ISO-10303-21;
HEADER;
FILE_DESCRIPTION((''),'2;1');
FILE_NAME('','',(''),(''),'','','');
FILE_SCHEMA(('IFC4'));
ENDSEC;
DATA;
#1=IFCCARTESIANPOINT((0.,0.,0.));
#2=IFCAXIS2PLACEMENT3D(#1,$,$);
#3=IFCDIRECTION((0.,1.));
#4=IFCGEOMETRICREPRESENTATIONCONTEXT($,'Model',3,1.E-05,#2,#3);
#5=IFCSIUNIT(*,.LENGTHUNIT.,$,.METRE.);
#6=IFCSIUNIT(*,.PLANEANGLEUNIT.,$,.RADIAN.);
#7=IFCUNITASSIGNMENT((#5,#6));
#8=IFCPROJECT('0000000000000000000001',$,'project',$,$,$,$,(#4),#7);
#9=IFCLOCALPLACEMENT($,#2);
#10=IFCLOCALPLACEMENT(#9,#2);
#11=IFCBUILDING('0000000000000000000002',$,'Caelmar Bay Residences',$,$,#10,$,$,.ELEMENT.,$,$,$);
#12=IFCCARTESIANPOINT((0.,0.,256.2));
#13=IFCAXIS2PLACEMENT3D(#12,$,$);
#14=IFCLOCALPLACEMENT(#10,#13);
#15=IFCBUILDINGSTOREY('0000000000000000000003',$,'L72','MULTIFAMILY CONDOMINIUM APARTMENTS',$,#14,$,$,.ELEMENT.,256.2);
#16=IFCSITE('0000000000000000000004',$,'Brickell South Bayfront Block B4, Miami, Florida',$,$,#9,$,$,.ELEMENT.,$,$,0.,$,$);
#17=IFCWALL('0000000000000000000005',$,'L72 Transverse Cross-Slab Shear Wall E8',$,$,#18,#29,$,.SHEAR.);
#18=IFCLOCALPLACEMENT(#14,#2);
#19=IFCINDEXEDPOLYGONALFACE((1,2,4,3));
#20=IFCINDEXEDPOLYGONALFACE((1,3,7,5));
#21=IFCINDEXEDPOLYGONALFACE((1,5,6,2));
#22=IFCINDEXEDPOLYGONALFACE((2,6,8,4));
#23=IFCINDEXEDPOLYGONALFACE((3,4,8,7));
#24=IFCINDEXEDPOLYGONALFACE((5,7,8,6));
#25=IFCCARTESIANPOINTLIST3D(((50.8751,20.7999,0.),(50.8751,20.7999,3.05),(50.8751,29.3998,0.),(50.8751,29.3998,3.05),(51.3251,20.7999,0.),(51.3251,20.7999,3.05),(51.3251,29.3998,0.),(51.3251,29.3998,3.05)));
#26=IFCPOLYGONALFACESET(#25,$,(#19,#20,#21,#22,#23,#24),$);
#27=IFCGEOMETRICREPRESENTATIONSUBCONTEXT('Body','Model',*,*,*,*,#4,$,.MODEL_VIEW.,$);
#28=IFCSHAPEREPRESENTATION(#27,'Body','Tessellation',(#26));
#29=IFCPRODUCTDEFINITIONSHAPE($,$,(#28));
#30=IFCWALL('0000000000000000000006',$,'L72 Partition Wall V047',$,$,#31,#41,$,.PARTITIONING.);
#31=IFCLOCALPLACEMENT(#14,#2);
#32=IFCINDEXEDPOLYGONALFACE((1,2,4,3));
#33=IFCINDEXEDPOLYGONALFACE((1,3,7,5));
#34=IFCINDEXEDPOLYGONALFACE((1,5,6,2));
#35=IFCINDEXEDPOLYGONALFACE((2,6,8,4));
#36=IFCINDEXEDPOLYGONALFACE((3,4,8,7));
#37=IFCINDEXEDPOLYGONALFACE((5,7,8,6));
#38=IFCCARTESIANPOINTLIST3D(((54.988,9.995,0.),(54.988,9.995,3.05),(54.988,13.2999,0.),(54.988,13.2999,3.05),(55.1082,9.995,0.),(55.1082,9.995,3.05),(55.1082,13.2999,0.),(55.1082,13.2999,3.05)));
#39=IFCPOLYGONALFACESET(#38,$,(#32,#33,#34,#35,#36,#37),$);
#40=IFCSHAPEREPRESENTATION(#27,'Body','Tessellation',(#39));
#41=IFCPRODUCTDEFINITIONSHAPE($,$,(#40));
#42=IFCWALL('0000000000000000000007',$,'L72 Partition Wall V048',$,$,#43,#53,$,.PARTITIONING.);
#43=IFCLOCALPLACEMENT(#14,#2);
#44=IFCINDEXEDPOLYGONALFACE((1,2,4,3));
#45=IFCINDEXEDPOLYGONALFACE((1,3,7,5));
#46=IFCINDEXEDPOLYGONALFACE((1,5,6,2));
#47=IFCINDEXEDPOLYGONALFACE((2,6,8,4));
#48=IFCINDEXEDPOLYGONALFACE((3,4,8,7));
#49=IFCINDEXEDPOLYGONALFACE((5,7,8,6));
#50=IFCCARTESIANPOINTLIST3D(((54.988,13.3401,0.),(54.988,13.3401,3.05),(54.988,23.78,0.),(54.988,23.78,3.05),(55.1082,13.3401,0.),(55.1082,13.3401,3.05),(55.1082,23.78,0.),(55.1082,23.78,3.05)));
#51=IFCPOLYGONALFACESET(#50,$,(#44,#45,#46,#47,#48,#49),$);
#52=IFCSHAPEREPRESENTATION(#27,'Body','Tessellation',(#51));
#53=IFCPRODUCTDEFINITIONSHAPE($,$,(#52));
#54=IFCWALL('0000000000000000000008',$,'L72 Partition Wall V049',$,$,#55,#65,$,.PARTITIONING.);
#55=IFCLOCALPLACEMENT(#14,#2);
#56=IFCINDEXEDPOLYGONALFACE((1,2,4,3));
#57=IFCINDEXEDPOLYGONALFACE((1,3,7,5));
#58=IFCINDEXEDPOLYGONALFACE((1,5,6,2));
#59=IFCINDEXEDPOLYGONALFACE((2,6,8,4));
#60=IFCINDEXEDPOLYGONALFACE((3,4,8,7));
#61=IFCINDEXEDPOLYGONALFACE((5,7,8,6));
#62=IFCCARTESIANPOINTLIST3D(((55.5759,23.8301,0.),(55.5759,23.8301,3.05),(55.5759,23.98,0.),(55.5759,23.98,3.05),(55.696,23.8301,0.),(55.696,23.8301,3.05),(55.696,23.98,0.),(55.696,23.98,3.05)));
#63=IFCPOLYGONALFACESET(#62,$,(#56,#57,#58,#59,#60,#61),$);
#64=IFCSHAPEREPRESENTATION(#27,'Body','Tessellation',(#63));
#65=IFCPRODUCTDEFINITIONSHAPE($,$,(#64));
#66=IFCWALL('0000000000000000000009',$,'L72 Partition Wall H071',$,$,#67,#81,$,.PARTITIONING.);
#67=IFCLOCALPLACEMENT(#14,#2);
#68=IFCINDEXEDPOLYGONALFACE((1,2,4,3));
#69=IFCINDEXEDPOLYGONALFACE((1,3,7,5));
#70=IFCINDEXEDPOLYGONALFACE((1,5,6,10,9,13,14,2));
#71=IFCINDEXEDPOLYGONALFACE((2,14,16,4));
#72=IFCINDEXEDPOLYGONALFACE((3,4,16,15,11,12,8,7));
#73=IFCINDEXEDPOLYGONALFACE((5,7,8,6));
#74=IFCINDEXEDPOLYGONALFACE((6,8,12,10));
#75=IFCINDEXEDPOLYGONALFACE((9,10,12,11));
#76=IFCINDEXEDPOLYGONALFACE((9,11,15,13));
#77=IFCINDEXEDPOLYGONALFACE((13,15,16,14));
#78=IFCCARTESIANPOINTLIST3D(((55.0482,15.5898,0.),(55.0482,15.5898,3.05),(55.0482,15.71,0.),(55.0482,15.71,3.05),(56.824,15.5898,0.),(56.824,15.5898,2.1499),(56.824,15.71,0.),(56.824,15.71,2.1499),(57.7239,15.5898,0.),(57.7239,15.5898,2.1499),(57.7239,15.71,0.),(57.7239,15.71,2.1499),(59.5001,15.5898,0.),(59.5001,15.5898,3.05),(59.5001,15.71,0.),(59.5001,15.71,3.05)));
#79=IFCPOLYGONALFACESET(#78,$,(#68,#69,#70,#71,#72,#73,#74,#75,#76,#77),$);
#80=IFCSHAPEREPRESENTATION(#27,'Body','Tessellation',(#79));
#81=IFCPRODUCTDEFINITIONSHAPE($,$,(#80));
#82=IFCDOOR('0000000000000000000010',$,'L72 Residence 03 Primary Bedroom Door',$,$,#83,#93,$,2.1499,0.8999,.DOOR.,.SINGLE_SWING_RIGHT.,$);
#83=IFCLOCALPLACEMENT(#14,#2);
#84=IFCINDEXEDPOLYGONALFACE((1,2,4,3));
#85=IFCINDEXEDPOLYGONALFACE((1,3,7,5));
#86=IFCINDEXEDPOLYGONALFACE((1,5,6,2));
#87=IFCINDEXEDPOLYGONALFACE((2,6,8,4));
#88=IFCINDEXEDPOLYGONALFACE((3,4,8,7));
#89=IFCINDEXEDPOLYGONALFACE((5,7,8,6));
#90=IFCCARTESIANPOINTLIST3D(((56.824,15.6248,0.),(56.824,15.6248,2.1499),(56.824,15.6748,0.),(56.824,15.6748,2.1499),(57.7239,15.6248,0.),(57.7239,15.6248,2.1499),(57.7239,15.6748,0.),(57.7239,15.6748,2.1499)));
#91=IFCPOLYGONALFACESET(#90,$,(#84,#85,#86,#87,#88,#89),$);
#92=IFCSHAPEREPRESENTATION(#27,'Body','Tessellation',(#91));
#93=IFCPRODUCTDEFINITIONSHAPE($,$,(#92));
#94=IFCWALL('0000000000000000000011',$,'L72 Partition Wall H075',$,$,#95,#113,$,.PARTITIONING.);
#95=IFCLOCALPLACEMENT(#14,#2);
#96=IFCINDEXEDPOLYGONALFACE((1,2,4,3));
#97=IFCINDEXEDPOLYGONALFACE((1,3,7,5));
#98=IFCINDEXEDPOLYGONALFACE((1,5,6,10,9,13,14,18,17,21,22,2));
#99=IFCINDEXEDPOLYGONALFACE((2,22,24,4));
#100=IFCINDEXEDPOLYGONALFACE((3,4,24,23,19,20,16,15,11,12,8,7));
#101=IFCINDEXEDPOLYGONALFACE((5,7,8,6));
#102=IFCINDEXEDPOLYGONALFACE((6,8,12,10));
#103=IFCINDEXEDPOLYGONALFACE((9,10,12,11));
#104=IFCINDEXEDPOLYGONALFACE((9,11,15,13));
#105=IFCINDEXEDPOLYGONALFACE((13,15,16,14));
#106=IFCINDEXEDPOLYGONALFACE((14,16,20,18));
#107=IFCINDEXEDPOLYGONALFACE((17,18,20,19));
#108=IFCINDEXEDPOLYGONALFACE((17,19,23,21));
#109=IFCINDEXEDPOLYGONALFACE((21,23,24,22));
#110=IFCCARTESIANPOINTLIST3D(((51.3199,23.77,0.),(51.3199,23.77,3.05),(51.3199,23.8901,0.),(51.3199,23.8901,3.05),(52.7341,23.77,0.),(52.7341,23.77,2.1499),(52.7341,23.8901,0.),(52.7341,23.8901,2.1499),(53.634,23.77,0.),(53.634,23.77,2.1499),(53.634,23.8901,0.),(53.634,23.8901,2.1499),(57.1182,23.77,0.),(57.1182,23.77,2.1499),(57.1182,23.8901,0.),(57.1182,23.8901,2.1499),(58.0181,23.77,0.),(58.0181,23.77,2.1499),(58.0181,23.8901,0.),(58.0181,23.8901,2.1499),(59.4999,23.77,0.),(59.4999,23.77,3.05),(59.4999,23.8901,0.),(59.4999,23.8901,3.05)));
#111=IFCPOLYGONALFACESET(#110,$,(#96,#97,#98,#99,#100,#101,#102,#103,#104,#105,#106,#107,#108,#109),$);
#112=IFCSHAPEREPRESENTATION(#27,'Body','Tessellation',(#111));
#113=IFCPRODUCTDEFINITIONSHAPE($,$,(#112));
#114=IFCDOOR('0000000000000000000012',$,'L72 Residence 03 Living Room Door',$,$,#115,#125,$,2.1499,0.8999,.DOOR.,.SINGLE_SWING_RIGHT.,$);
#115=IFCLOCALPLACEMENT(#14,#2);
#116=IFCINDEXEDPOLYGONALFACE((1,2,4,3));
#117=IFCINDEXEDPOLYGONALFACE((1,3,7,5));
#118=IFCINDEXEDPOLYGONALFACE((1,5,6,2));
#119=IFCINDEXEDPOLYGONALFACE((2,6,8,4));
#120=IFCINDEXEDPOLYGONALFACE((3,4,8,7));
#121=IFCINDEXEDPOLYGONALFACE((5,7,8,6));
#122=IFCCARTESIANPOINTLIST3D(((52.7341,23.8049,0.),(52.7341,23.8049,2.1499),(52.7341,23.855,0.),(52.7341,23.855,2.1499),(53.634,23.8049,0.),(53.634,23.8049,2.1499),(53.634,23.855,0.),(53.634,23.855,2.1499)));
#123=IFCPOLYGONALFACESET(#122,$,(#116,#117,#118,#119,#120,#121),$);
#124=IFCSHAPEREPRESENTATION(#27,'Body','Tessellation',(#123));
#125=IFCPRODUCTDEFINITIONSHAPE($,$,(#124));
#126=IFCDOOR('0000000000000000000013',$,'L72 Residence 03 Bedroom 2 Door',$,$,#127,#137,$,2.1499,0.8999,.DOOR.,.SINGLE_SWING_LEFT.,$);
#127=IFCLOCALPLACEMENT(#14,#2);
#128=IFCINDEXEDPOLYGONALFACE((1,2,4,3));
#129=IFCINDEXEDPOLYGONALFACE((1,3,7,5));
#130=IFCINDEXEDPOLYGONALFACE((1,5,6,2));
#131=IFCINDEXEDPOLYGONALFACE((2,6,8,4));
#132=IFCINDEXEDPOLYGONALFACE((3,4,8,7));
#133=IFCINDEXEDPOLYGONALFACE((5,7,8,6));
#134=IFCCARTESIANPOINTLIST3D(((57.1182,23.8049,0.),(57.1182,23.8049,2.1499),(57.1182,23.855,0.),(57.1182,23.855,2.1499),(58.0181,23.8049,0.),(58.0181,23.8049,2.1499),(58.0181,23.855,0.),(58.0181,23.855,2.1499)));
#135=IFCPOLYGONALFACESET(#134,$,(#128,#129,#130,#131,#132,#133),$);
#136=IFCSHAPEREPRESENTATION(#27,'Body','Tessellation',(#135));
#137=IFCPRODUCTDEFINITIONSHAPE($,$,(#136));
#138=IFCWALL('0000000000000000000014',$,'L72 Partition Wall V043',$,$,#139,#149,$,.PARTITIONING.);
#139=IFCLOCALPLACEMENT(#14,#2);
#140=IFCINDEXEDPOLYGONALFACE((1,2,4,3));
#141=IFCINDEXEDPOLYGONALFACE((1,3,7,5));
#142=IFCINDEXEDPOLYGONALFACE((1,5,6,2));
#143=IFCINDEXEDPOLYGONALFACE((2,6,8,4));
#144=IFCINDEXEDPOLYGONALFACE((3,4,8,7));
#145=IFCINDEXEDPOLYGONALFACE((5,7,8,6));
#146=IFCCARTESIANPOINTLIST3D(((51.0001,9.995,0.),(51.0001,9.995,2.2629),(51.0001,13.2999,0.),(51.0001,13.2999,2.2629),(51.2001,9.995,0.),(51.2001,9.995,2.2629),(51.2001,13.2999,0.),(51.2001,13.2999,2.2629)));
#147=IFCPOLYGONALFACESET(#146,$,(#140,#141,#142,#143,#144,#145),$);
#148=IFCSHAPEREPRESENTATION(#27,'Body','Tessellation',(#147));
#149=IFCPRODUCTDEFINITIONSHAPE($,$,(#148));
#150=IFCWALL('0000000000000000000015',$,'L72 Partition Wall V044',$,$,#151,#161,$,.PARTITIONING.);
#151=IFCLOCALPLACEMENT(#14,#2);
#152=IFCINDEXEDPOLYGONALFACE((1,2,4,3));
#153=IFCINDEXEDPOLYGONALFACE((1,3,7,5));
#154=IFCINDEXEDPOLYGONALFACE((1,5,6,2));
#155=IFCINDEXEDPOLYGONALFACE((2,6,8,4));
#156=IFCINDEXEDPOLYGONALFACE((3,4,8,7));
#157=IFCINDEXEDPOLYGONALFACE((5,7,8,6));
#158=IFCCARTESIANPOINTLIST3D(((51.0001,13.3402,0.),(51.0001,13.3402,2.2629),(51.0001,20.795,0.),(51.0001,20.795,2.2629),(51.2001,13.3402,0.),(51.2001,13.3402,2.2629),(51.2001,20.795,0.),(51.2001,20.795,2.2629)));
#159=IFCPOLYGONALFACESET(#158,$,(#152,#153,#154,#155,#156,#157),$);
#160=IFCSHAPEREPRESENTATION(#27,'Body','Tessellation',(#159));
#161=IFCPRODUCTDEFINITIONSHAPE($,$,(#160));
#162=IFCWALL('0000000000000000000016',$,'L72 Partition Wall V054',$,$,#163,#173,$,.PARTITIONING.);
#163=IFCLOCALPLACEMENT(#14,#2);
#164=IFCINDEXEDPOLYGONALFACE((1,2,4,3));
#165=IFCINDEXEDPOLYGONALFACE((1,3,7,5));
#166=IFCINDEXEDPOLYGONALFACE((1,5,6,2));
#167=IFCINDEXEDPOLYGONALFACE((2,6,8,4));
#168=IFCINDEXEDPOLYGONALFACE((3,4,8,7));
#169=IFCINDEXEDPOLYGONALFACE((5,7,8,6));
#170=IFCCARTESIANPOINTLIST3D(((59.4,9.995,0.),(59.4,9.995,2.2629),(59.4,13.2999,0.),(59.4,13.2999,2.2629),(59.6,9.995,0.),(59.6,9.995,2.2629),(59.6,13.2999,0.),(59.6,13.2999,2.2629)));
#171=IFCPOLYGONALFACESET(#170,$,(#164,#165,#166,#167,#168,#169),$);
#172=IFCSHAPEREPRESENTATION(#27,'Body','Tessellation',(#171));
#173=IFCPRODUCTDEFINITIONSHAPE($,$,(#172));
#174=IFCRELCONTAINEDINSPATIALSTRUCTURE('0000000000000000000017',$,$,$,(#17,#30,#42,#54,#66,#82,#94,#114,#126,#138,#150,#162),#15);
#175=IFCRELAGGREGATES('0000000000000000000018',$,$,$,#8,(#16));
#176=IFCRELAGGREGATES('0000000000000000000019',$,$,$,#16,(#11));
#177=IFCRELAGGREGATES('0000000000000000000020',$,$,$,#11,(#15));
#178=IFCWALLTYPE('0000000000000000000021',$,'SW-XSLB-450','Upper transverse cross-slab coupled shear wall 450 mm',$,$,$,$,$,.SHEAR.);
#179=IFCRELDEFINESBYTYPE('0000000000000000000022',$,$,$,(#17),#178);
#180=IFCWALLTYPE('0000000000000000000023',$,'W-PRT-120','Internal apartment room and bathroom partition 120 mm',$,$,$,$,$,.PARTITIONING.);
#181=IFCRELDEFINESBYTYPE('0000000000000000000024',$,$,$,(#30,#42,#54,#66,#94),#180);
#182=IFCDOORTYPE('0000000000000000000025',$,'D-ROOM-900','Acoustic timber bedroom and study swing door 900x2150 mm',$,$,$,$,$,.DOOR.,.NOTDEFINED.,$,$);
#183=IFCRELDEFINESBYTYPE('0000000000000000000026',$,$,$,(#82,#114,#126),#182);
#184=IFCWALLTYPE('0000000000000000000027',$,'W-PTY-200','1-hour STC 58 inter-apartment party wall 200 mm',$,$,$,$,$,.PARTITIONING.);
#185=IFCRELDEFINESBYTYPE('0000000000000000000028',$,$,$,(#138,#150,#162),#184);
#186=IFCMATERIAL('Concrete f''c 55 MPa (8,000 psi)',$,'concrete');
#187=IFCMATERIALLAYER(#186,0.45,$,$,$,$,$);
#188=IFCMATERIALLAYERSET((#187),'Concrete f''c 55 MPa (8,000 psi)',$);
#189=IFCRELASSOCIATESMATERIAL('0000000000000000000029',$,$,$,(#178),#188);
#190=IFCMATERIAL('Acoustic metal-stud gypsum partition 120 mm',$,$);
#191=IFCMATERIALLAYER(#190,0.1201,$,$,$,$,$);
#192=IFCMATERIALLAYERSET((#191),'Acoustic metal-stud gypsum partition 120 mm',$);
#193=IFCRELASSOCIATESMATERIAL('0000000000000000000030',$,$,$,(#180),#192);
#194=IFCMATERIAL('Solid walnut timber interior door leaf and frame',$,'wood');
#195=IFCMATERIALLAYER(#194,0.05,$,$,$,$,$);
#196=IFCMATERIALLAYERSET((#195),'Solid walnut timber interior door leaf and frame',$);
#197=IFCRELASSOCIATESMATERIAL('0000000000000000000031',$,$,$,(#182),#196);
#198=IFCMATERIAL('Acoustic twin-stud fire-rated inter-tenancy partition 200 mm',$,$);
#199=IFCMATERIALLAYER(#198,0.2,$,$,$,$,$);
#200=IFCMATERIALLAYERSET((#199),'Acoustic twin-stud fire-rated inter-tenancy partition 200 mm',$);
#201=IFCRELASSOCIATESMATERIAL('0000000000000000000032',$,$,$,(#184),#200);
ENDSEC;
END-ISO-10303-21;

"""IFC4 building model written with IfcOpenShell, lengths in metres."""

from ifc_helpers import new_model, si_unit, direction, frame, frame_2d, origin, place, context, subcontext, project, spatial, rectangle, extrude, material, layer, layer_set, type_object, element, fill, save


model = new_model("IFC4")

# Units and contexts
model_context = context("Model", 3, precision=1e-05, world=origin(), true_north=direction((0.0, 1.0)))
body_context = subcontext(model_context, "Body", "Model", "MODEL_VIEW")
ifc_project = project(units=[si_unit("LENGTHUNIT", "METRE"), si_unit("PLANEANGLEUNIT", "RADIAN")], contexts=[model_context])

# Site, building, storey
site_placement = place(None, origin())
site = spatial("IfcSite", under=ifc_project, at=site_placement, Name="Brickell South Bayfront Block B4, Miami, Florida", CompositionType="ELEMENT", RefElevation=0.0)
building_placement = place(site_placement, origin())
building = spatial("IfcBuilding", under=site, at=building_placement, Name="Caelmar Bay Residences", CompositionType="ELEMENT")
storey_placement = place(building_placement, frame((0.0, 0.0, 256.2)))
storey = spatial("IfcBuildingStorey", under=building, at=storey_placement, Name="L72", Description="MULTIFAMILY CONDOMINIUM APARTMENTS", CompositionType="ELEMENT", Elevation=256.2)

# Shared definitions
ifc_material_1 = material(Name="Concrete f'c 55 MPa (8,000 psi)", Category="concrete")

# Walls
ifc_layer_1 = layer(ifc_material_1, 0.45)
ifc_layer_set_1 = layer_set([ifc_layer_1], Name="Concrete f'c 55 MPa (8,000 psi)")
wall_type_1 = type_object("IfcWallType", Name="SW-XSLB-450", Description="Upper transverse cross-slab coupled shear wall 450 mm", PredefinedType="SHEAR", material=ifc_layer_set_1)
wall_1_placement = place(storey_placement, frame((51.1001, 20.8, 0.0), z_axis=(0.0, 0.0, 1.0), x_axis=(0.0, 1.0, 0.0)))
element("IfcWall", 1, at=wall_1_placement, inside=storey, type_object=wall_type_1, Name="L72 Transverse Cross-Slab Shear Wall E8", PredefinedType="SHEAR", context=body_context, shape_type="SweptSolid", body=[
    extrude(rectangle(XDim=8.5999, YDim=0.45, at=frame_2d((4.2998, 0.0))), origin(), (0.0, 0.0, 1.0), 3.05),
])
ifc_material_2 = material(Name="Acoustic metal-stud gypsum partition 120 mm")
ifc_layer_2 = layer(ifc_material_2, 0.1201)
ifc_layer_set_2 = layer_set([ifc_layer_2], Name="Acoustic metal-stud gypsum partition 120 mm")
wall_type_2 = type_object("IfcWallType", Name="W-PRT-120", Description="Internal apartment room and bathroom partition 120 mm", PredefinedType="PARTITIONING", material=ifc_layer_set_2)
wall_2_placement = place(storey_placement, frame((55.0481, 9.9951, 0.0), z_axis=(0.0, 0.0, 1.0), x_axis=(0.0, 1.0, 0.0)))
element("IfcWall", 2, at=wall_2_placement, inside=storey, type_object=wall_type_2, Name="L72 Partition Wall V047", PredefinedType="PARTITIONING", context=body_context, shape_type="SweptSolid", body=[
    extrude(rectangle(XDim=3.3049, YDim=0.1201, at=frame_2d((1.6523, 0.0))), origin(), (0.0, 0.0, 1.0), 3.05),
])
wall_3_placement = place(storey_placement, frame((55.0481, 13.3401, 0.0), z_axis=(0.0, 0.0, 1.0), x_axis=(0.0, 1.0, 0.0)))
element("IfcWall", 3, at=wall_3_placement, inside=storey, type_object=wall_type_2, Name="L72 Partition Wall V048", PredefinedType="PARTITIONING", context=body_context, shape_type="SweptSolid", body=[
    extrude(rectangle(XDim=10.4399, YDim=0.1201, at=frame_2d((5.22, 0.0))), origin(), (0.0, 0.0, 1.0), 3.05),
])
wall_4_placement = place(storey_placement, frame((55.636, 23.8301, 0.0), z_axis=(0.0, 0.0, 1.0), x_axis=(0.0, 1.0, 0.0)))
element("IfcWall", 4, at=wall_4_placement, inside=storey, type_object=wall_type_2, Name="L72 Partition Wall V049", PredefinedType="PARTITIONING", context=body_context, shape_type="SweptSolid", body=[
    extrude(rectangle(XDim=0.1499, YDim=0.1201, at=frame_2d((0.075, 0.0))), origin(), (0.0, 0.0, 1.0), 3.05),
])

# Wall, opening, door
wall_5_placement = place(storey_placement, frame((55.0481, 15.6499, 0.0), z_axis=(0.0, 0.0, 1.0), x_axis=(1.0, 0.0, 0.0)))
wall_5 = element("IfcWall", 5, at=wall_5_placement, inside=storey, type_object=wall_type_2, Name="L72 Partition Wall H071", PredefinedType="PARTITIONING", context=body_context, shape_type="SweptSolid", body=[
    extrude(rectangle(XDim=4.4519, YDim=0.1201, at=frame_2d((2.2261, 0.0))), origin(), (0.0, 0.0, 1.0), 3.05),
])
opening_1_placement = place(wall_5_placement, frame((1.7759, 0.0, 0.0)))
opening_1 = element("IfcOpeningElement", 6, at=opening_1_placement, cuts=wall_5, PredefinedType="OPENING", context=body_context, shape_type="SweptSolid", body=[
    extrude(rectangle(XDim=0.8999, YDim=2.1499, at=frame_2d((0.45, 1.075))), frame((0.0, 0.0701, 0.0), z_axis=(0.0, -1.0, 0.0), x_axis=(1.0, 0.0, 0.0)), (0.0, 0.0, 1.0), 0.1401),
])
ifc_material_3 = material(Name="Solid walnut timber interior door leaf and frame", Category="wood")
ifc_layer_3 = layer(ifc_material_3, 0.05)
ifc_layer_set_3 = layer_set([ifc_layer_3], Name="Solid walnut timber interior door leaf and frame")
door_type = type_object("IfcDoorType", Name="D-ROOM-900", Description="Acoustic timber bedroom and study swing door 900x2150 mm", OperationType="NOTDEFINED", PredefinedType="DOOR", material=ifc_layer_set_3)
door_1_placement = place(opening_1_placement, origin())
door_1 = element("IfcDoor", 7, at=door_1_placement, inside=storey, type_object=door_type, Name="L72 Residence 03 Primary Bedroom Door", OperationType="SINGLE_SWING_RIGHT", OverallHeight=2.1499, OverallWidth=0.8999, PredefinedType="DOOR", context=body_context, shape_type="SweptSolid", body=[
    extrude(rectangle(XDim=0.8999, YDim=2.1499, at=frame_2d((0.45, 1.075))), frame((0.0, 0.0249, 0.0), z_axis=(0.0, -1.0, 0.0), x_axis=(1.0, 0.0, 0.0)), (0.0, 0.0, 1.0), 0.05),
])
fill(opening_1, door_1)

# Wall, openings, doors
wall_6_placement = place(storey_placement, frame((51.3201, 23.8301, 0.0), z_axis=(0.0, 0.0, 1.0), x_axis=(1.0, 0.0, 0.0)))
wall_6 = element("IfcWall", 8, at=wall_6_placement, inside=storey, type_object=wall_type_2, Name="L72 Partition Wall H075", PredefinedType="PARTITIONING", context=body_context, shape_type="SweptSolid", body=[
    extrude(rectangle(XDim=8.1799, YDim=0.1201, at=frame_2d((4.0898, 0.0))), origin(), (0.0, 0.0, 1.0), 3.05),
])
opening_2_placement = place(wall_6_placement, frame((1.4141, 0.0, 0.0)))
opening_2 = element("IfcOpeningElement", 9, at=opening_2_placement, cuts=wall_6, PredefinedType="OPENING", context=body_context, shape_type="SweptSolid", body=[
    extrude(rectangle(XDim=0.8999, YDim=2.1499, at=frame_2d((0.45, 1.075))), frame((0.0, 0.0701, 0.0), z_axis=(0.0, -1.0, 0.0), x_axis=(1.0, 0.0, 0.0)), (0.0, 0.0, 1.0), 0.1401),
])
opening_3_placement = place(wall_6_placement, frame((5.7981, 0.0, 0.0)))
opening_3 = element("IfcOpeningElement", 10, at=opening_3_placement, cuts=wall_6, PredefinedType="OPENING", context=body_context, shape_type="SweptSolid", body=[
    extrude(rectangle(XDim=0.8999, YDim=2.1499, at=frame_2d((0.45, 1.075))), frame((0.0, 0.0701, 0.0), z_axis=(0.0, -1.0, 0.0), x_axis=(1.0, 0.0, 0.0)), (0.0, 0.0, 1.0), 0.1401),
])
door_2_placement = place(opening_2_placement, origin())
door_2 = element("IfcDoor", 11, at=door_2_placement, inside=storey, type_object=door_type, Name="L72 Residence 03 Living Room Door", OperationType="SINGLE_SWING_RIGHT", OverallHeight=2.1499, OverallWidth=0.8999, PredefinedType="DOOR", context=body_context, shape_type="SweptSolid", body=[
    extrude(rectangle(XDim=0.8999, YDim=2.1499, at=frame_2d((0.45, 1.075))), frame((0.0, 0.0249, 0.0), z_axis=(0.0, -1.0, 0.0), x_axis=(1.0, 0.0, 0.0)), (0.0, 0.0, 1.0), 0.05),
])
fill(opening_2, door_2)
door_3_placement = place(opening_3_placement, origin())
door_3 = element("IfcDoor", 12, at=door_3_placement, inside=storey, type_object=door_type, Name="L72 Residence 03 Bedroom 2 Door", OperationType="SINGLE_SWING_LEFT", OverallHeight=2.1499, OverallWidth=0.8999, PredefinedType="DOOR", context=body_context, shape_type="SweptSolid", body=[
    extrude(rectangle(XDim=0.8999, YDim=2.1499, at=frame_2d((0.45, 1.075))), frame((0.0, 0.0249, 0.0), z_axis=(0.0, -1.0, 0.0), x_axis=(1.0, 0.0, 0.0)), (0.0, 0.0, 1.0), 0.05),
])
fill(opening_3, door_3)

# Walls
ifc_material_4 = material(Name="Acoustic twin-stud fire-rated inter-tenancy partition 200 mm")
ifc_layer_4 = layer(ifc_material_4, 0.2)
ifc_layer_set_4 = layer_set([ifc_layer_4], Name="Acoustic twin-stud fire-rated inter-tenancy partition 200 mm")
wall_type_3 = type_object("IfcWallType", Name="W-PTY-200", Description="1-hour STC 58 inter-apartment party wall 200 mm", PredefinedType="PARTITIONING", material=ifc_layer_set_4)
wall_7_placement = place(storey_placement, frame((51.1001, 9.9951, 0.0), z_axis=(0.0, 0.0, 1.0), x_axis=(0.0, 1.0, 0.0)))
element("IfcWall", 13, at=wall_7_placement, inside=storey, type_object=wall_type_3, Name="L72 Partition Wall V043", PredefinedType="PARTITIONING", context=body_context, shape_type="SweptSolid", body=[
    extrude(rectangle(XDim=3.3049, YDim=0.2, at=frame_2d((1.6523, 0.0))), origin(), (0.0, 0.0, 1.0), 2.2629),
])
wall_8_placement = place(storey_placement, frame((51.1001, 13.3401, 0.0), z_axis=(0.0, 0.0, 1.0), x_axis=(0.0, 1.0, 0.0)))
element("IfcWall", 14, at=wall_8_placement, inside=storey, type_object=wall_type_3, Name="L72 Partition Wall V044", PredefinedType="PARTITIONING", context=body_context, shape_type="SweptSolid", body=[
    extrude(rectangle(XDim=7.4548, YDim=0.2, at=frame_2d((3.7275, 0.0))), origin(), (0.0, 0.0, 1.0), 2.2629),
])
wall_9_placement = place(storey_placement, frame((59.5, 9.9951, 0.0), z_axis=(0.0, 0.0, 1.0), x_axis=(0.0, 1.0, 0.0)))
element("IfcWall", 15, at=wall_9_placement, inside=storey, type_object=wall_type_3, Name="L72 Partition Wall V054", PredefinedType="PARTITIONING", context=body_context, shape_type="SweptSolid", body=[
    extrude(rectangle(XDim=3.3049, YDim=0.2, at=frame_2d((1.6523, 0.0))), origin(), (0.0, 0.0, 1.0), 2.2629),
])

save(model, "model.ifc")
